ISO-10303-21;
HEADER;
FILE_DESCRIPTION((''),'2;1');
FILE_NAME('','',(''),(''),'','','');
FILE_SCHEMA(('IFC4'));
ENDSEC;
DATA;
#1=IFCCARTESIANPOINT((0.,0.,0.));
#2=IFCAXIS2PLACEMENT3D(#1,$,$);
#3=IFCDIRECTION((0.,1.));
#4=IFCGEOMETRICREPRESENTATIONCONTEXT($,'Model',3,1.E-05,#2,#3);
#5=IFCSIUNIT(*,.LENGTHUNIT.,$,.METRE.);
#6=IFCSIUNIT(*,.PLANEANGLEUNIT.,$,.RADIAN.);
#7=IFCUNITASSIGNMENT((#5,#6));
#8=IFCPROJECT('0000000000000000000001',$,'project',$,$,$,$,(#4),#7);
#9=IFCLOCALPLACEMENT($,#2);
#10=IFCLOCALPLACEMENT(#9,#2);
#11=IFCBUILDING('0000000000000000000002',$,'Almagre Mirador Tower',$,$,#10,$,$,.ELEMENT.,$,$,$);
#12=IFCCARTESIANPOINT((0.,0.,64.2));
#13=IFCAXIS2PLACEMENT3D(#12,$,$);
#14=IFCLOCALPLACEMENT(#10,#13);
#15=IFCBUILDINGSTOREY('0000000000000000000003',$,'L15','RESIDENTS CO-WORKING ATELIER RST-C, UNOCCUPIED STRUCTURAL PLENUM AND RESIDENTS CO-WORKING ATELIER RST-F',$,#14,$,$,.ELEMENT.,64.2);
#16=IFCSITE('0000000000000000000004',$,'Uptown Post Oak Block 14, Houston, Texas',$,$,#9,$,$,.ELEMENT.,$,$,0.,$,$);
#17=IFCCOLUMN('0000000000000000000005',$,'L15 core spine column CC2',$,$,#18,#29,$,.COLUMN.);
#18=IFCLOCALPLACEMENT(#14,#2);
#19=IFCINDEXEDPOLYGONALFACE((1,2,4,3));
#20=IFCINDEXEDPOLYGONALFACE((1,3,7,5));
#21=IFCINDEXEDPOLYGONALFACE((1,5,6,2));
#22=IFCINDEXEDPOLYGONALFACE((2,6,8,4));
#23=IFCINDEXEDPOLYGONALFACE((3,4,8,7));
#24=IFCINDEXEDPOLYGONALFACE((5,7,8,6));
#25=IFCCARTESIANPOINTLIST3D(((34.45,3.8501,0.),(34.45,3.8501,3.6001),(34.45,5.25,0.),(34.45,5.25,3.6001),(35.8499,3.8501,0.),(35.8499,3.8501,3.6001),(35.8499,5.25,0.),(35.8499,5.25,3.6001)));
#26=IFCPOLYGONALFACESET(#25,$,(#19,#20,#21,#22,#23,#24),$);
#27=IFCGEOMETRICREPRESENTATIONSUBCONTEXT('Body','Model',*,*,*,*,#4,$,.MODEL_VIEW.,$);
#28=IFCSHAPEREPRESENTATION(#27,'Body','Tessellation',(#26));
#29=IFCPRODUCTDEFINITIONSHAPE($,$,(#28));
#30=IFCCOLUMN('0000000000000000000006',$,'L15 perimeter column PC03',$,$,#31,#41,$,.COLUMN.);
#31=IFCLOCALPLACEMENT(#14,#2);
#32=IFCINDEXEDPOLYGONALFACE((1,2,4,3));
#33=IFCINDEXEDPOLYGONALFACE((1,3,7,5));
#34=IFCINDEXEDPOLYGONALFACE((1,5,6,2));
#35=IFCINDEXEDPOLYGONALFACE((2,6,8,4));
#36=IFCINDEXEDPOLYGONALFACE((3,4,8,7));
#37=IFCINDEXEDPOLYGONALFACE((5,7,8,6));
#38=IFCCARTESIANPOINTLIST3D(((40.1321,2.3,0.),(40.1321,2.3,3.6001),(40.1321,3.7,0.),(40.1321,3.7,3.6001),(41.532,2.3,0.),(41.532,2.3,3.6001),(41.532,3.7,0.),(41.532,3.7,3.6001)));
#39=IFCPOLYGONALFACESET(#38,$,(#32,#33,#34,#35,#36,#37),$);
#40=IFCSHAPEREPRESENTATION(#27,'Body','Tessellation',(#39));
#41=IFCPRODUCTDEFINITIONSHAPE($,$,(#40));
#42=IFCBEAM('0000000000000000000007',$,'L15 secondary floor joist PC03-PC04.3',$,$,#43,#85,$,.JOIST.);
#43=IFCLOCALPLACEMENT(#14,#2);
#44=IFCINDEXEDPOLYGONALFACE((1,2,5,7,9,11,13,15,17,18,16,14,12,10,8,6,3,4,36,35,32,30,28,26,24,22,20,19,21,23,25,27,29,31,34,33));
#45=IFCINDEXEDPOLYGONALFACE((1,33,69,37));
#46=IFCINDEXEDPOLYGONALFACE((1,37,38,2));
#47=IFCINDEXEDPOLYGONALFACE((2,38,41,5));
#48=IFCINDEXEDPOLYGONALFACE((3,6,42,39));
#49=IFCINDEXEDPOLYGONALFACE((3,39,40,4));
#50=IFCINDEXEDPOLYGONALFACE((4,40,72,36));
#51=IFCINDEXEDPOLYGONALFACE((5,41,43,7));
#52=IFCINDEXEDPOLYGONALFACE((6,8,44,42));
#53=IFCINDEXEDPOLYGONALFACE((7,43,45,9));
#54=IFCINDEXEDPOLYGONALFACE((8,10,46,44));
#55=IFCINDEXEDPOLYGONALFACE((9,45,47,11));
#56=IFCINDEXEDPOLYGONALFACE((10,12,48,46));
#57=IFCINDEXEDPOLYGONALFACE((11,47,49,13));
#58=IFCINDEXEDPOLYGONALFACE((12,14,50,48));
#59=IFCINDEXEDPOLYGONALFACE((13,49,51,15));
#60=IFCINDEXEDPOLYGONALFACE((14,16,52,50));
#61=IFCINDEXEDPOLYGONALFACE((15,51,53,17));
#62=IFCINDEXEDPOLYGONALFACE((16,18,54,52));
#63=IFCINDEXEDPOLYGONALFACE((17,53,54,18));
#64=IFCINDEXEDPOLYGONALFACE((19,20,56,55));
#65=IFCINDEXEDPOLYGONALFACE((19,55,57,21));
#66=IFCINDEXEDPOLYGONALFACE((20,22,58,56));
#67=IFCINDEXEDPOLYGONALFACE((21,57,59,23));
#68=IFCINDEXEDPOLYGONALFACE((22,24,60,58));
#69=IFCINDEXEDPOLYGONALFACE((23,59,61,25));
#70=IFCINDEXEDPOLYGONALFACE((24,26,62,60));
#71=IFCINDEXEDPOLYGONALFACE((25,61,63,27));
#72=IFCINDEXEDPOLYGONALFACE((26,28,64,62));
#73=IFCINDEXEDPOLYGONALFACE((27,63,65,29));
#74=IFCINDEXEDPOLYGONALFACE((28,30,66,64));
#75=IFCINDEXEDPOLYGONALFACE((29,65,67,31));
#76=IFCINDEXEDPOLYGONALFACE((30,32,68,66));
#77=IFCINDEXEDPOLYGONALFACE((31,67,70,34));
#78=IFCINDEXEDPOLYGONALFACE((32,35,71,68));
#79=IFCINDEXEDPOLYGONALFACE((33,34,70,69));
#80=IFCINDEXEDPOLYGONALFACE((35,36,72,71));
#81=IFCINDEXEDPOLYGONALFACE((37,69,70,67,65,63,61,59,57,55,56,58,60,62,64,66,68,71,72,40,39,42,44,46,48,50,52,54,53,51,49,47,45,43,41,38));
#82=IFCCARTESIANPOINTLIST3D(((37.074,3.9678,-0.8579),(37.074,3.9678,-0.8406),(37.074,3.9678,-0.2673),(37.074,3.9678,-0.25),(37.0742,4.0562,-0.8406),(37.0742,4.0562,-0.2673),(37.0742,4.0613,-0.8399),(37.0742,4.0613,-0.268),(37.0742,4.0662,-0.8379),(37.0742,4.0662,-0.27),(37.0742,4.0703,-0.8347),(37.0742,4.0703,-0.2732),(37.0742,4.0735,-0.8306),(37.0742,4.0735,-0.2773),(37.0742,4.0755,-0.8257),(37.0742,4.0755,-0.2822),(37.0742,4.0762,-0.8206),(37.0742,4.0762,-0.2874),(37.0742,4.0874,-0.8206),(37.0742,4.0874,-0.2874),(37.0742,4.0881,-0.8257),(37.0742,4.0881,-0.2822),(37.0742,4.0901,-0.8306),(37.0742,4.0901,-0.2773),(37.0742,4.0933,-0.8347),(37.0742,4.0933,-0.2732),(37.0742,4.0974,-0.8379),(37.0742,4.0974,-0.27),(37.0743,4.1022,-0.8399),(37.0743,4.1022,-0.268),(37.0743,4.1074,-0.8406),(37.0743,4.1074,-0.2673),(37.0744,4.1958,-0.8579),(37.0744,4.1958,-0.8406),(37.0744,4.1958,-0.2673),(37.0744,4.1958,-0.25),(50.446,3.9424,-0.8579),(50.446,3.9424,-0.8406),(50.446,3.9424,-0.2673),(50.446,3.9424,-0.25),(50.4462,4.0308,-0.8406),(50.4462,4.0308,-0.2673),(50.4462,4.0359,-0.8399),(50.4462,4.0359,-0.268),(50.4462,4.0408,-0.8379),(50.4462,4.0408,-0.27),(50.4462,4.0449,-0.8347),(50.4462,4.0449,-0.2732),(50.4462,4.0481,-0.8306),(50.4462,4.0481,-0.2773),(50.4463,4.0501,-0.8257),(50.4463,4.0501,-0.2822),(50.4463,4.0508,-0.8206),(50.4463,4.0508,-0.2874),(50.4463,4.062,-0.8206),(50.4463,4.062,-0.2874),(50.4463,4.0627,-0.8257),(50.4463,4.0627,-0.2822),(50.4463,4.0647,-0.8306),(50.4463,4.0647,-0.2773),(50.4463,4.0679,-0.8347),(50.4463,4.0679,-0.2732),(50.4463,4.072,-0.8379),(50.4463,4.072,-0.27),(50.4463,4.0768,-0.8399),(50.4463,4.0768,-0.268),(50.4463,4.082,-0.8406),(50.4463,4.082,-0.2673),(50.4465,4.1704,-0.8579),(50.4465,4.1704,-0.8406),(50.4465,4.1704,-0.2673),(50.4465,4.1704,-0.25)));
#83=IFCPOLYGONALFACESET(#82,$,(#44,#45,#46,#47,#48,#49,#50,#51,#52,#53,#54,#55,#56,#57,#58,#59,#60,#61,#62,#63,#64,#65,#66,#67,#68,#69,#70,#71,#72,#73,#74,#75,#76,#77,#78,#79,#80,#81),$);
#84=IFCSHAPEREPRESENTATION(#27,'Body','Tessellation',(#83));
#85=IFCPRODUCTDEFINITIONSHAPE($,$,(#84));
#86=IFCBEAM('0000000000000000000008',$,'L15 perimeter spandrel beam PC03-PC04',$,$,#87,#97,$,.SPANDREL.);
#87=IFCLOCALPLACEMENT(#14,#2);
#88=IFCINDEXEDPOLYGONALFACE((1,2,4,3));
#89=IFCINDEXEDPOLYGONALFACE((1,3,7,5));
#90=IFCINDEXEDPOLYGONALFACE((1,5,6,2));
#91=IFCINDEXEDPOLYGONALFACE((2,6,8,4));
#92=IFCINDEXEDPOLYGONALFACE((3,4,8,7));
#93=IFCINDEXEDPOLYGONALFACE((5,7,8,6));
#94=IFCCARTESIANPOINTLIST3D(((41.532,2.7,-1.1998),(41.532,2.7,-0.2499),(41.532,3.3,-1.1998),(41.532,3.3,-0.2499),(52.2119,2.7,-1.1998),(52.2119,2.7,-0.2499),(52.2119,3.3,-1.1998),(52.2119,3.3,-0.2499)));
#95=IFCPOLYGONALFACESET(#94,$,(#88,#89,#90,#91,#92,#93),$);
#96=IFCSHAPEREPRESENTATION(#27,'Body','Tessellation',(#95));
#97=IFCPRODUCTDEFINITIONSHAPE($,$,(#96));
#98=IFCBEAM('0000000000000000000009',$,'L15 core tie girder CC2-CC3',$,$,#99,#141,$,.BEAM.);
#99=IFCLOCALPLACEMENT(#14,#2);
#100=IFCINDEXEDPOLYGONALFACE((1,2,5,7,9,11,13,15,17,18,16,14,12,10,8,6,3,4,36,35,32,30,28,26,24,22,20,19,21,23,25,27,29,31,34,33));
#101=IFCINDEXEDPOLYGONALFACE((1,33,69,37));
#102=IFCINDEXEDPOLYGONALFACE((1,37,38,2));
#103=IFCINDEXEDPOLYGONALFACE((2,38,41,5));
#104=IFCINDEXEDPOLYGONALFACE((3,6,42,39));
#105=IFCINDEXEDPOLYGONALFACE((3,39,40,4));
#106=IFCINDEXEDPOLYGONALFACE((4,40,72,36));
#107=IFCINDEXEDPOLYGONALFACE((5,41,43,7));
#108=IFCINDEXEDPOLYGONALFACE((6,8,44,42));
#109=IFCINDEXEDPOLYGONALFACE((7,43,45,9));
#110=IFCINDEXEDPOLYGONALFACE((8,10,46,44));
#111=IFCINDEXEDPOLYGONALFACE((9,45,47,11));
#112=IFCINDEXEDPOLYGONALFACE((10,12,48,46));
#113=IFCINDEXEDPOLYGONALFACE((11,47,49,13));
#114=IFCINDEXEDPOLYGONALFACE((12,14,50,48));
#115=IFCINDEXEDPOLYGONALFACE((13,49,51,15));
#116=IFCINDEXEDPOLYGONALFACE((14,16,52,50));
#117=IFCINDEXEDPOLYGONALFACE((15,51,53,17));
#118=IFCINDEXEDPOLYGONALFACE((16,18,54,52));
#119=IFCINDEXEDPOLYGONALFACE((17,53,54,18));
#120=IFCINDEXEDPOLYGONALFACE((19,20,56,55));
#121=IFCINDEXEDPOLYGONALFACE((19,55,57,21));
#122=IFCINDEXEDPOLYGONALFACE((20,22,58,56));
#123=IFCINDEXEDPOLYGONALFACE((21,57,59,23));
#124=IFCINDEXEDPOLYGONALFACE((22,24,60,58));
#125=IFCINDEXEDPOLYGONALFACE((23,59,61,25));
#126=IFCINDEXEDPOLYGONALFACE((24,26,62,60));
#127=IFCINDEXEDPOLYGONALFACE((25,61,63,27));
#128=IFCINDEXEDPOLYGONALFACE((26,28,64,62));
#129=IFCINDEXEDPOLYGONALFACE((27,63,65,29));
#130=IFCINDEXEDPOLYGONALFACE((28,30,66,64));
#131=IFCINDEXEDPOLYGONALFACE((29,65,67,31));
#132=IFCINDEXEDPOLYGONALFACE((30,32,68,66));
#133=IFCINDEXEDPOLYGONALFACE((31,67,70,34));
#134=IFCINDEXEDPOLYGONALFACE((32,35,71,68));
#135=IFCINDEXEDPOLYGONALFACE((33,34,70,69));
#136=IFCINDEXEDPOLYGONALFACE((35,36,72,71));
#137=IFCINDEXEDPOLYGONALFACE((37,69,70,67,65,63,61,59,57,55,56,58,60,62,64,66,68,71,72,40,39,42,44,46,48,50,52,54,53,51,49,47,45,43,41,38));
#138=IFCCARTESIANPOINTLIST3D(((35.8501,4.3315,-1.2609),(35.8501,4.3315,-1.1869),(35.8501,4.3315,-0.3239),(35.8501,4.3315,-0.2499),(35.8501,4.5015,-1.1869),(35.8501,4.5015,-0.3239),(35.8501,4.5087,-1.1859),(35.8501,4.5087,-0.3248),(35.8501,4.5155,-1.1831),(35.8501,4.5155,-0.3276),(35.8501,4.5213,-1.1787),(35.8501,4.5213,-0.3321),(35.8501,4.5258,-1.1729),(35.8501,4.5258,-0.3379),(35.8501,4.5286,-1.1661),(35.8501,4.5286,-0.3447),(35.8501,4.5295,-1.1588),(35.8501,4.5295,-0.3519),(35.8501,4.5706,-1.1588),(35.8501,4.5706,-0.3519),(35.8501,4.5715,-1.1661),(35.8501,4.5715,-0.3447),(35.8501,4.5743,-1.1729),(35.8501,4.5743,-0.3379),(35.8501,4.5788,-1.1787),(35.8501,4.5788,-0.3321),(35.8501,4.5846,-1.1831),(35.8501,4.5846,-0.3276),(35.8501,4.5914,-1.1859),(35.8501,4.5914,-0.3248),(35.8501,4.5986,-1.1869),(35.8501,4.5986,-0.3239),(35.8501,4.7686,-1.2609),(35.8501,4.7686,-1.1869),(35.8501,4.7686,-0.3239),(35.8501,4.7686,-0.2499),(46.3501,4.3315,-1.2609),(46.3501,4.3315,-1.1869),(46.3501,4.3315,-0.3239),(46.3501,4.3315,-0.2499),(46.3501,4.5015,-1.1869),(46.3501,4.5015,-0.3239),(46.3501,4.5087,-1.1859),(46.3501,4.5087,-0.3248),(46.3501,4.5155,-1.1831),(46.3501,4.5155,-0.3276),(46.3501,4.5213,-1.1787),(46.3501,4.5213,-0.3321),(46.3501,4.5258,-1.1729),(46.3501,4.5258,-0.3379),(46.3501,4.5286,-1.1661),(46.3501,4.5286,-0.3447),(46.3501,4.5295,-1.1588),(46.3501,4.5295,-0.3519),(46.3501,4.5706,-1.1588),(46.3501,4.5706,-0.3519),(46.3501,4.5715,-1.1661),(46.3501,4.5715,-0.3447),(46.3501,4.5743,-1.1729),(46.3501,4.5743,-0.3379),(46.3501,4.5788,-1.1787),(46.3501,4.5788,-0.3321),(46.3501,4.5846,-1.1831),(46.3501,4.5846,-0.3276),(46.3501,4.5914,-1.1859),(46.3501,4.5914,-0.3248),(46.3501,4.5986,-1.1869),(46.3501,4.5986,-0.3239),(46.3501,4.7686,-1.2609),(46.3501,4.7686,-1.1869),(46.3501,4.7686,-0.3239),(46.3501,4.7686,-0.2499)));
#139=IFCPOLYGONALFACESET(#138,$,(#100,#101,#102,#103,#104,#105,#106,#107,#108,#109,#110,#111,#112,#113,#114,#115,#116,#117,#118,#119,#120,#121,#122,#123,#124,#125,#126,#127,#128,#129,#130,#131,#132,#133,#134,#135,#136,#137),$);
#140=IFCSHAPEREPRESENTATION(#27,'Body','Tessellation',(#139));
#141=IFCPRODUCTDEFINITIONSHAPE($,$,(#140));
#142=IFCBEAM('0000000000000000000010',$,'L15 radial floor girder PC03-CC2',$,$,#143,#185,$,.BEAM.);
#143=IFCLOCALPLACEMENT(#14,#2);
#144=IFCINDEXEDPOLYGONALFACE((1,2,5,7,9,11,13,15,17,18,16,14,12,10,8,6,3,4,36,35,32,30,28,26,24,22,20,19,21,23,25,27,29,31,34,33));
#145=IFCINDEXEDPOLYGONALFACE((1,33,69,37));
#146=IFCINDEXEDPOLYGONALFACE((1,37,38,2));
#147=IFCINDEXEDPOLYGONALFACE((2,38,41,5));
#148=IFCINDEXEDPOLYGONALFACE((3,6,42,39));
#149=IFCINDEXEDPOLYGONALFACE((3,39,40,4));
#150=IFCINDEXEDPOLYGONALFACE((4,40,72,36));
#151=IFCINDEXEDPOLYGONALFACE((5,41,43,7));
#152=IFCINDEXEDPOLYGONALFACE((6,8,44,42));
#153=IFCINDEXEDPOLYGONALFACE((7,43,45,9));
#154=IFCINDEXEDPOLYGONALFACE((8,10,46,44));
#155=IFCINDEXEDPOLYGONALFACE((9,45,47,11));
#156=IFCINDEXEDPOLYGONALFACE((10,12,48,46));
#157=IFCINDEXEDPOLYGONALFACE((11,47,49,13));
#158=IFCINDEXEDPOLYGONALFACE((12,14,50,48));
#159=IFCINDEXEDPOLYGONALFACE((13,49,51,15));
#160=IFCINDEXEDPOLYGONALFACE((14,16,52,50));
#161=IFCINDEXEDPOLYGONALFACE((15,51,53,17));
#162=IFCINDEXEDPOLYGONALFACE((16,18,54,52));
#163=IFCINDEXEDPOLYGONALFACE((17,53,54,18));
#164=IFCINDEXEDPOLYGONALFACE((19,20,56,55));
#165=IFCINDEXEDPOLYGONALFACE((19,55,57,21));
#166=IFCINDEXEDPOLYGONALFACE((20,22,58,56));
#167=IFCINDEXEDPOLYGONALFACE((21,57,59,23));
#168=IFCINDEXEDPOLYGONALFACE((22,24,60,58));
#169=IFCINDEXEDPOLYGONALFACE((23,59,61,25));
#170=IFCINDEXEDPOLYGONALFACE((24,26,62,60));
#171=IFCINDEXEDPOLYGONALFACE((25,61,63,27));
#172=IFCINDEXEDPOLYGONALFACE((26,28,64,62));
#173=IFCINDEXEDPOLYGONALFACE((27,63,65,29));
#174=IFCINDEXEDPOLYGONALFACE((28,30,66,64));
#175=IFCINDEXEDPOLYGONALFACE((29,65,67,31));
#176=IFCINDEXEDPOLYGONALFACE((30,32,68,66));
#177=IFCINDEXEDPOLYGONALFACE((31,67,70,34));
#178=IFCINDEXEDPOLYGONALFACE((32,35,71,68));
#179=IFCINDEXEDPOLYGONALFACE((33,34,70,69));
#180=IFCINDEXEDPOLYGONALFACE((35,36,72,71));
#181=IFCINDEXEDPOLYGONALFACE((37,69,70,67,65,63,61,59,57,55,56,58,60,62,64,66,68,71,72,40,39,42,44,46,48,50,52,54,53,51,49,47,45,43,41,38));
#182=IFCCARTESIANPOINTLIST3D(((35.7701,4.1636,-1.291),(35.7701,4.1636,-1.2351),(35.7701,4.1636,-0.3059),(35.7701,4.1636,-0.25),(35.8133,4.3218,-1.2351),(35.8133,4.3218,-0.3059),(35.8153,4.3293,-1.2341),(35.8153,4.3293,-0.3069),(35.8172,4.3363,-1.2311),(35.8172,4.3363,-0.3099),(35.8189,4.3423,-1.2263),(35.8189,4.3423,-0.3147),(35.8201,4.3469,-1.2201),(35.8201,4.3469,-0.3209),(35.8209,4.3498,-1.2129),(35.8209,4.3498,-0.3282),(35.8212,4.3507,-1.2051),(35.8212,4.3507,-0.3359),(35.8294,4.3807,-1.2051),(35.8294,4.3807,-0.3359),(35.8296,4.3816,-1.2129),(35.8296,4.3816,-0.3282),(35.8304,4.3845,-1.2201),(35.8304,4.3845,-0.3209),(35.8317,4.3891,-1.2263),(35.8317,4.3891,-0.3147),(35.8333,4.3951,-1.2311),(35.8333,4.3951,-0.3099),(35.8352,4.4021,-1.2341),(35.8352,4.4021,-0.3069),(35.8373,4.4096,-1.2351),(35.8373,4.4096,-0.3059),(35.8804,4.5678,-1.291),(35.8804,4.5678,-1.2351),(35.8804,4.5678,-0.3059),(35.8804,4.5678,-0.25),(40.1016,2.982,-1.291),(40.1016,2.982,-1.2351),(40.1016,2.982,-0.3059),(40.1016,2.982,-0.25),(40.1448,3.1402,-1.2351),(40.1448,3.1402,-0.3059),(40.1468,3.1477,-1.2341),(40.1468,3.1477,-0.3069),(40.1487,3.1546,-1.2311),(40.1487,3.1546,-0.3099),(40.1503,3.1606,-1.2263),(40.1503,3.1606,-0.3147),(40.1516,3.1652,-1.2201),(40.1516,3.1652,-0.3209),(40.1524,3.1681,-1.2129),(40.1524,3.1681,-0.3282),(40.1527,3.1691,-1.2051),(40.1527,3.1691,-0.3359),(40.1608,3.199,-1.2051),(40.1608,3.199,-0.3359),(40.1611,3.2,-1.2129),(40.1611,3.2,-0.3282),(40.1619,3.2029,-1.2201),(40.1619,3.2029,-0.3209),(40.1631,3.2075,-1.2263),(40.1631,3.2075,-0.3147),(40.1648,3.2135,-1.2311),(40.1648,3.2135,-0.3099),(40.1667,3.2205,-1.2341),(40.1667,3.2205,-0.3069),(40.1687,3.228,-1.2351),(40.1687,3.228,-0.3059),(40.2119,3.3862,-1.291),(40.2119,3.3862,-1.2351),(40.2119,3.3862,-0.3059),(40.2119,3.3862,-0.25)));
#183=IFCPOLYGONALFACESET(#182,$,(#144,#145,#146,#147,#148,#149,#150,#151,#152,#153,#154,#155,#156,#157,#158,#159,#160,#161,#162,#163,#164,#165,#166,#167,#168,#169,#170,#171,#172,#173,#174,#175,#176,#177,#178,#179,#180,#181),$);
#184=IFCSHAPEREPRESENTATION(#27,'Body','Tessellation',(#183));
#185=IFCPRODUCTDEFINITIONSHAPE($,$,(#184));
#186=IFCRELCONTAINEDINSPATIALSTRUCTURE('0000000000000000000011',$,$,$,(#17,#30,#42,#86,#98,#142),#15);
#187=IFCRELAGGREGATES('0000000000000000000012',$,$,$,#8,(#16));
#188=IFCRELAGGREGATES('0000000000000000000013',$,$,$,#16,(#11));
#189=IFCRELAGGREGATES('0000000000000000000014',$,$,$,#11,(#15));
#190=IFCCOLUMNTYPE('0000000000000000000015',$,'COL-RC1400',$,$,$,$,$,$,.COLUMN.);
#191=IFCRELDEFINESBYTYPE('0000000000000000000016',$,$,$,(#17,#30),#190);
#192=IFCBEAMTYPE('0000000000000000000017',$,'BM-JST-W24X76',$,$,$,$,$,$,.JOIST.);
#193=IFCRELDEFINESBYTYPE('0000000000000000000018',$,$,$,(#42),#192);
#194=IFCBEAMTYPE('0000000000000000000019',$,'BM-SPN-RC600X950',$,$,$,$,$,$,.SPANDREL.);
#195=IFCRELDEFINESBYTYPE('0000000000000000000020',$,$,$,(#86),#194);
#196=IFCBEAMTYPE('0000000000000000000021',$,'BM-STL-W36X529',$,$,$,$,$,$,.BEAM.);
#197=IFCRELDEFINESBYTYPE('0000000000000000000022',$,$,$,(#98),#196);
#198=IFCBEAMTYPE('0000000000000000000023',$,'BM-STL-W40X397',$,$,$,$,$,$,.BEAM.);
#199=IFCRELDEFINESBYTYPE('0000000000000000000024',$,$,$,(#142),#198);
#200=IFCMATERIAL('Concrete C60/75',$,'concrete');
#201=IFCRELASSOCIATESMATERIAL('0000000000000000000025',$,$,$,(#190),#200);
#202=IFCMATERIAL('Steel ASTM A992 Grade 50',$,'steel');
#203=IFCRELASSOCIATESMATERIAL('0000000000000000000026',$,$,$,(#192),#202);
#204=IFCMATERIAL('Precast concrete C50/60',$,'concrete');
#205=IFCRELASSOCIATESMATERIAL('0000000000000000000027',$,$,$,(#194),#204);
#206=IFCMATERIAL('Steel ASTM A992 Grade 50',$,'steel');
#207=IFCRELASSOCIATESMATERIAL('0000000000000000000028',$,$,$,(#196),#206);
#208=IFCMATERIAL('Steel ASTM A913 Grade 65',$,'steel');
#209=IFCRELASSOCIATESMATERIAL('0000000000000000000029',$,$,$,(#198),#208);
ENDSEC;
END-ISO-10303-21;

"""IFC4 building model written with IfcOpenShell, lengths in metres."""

from ifc_helpers import new_model, si_unit, direction, frame, origin, origin_2d, place, context, subcontext, project, spatial, rectangle, i_section, extrude, material, material_profile, profile_set, type_object, element, save


model = new_model("IFC4")

# Units and contexts
model_context = context("Model", 3, precision=1e-05, world=origin(), true_north=direction((0.0, 1.0)))
body_context = subcontext(model_context, "Body", "Model", "MODEL_VIEW")
ifc_project = project(units=[si_unit("LENGTHUNIT", "METRE"), si_unit("PLANEANGLEUNIT", "RADIAN")], contexts=[model_context])

# Site, building, storey
site_placement = place(None, origin())
site = spatial("IfcSite", under=ifc_project, at=site_placement, Name="Uptown Post Oak Block 14, Houston, Texas", CompositionType="ELEMENT", RefElevation=0.0)
building_placement = place(site_placement, origin())
building = spatial("IfcBuilding", under=site, at=building_placement, Name="Almagre Mirador Tower", CompositionType="ELEMENT")
storey_placement = place(building_placement, frame((0.0, 0.0, 64.2)))
storey = spatial("IfcBuildingStorey", under=building, at=storey_placement, Name="L15", Description="RESIDENTS CO-WORKING ATELIER RST-C, UNOCCUPIED STRUCTURAL PLENUM AND RESIDENTS CO-WORKING ATELIER RST-F", CompositionType="ELEMENT", Elevation=64.2)

# Columns
ifc_material_1 = material(Name="Concrete C60/75", Category="concrete")
ifc_material_profile_1 = material_profile(ifc_material_1, rectangle(XDim=1.3999, YDim=1.3999, at=origin_2d()), Name="RC1400X1400")
ifc_profile_set_1 = profile_set([ifc_material_profile_1], Name="Concrete C60/75")
column_type = type_object("IfcColumnType", Name="COL-RC1400", PredefinedType="COLUMN", material=ifc_profile_set_1)
for number, where, z_axis, x_axis, name in (
    (1, (35.1499, 4.55, 0.0), (0.0, 0.0, 1.0), (1.0, 0.0, 0.0), "L15 core spine column CC2"),
    (2, (40.832, 3.0, 0.0), (0.0, 0.0, 1.0), (1.0, 0.0, 0.0), "L15 perimeter column PC03"),
):
    element("IfcColumn", number, at=place(storey_placement, frame(where, z_axis=z_axis, x_axis=x_axis)), inside=storey, type_object=column_type, Name=name, PredefinedType="COLUMN", context=body_context, shape_type="SweptSolid", body=[
        extrude(rectangle(XDim=1.3999, YDim=1.3999, at=origin_2d()), origin(), (0.0, 0.0, 1.0), 3.6001),
    ])

# Beams
ifc_material_2 = material(Name="Steel ASTM A992 Grade 50", Category="steel")
ifc_material_profile_2 = material_profile(ifc_material_2, i_section(OverallWidth=0.228, OverallDepth=0.6079, WebThickness=0.0112, FlangeThickness=0.0173, FilletRadius=0.02, at=origin_2d()), Name="W24X76")
ifc_profile_set_2 = profile_set([ifc_material_profile_2], Name="Steel ASTM A992 Grade 50")
beam_type_1 = type_object("IfcBeamType", Name="BM-JST-W24X76", PredefinedType="JOIST", material=ifc_profile_set_2)
beam_1_placement = place(storey_placement, frame((37.0742, 4.0818, -0.554), z_axis=(0.999998, -0.001899, 0.0), x_axis=(0.001899, 0.999998, 0.0)))
element("IfcBeam", 3, at=beam_1_placement, inside=storey, type_object=beam_type_1, Name="L15 secondary floor joist PC03-PC04.3", PredefinedType="JOIST", context=body_context, shape_type="SweptSolid", body=[
    extrude(i_section(OverallWidth=0.228, OverallDepth=0.6079, WebThickness=0.0112, FlangeThickness=0.0173, FilletRadius=0.02, at=origin_2d()), origin(), (0.0, 0.0, 1.0), 13.3721),
])
ifc_material_3 = material(Name="Precast concrete C50/60", Category="concrete")
ifc_material_profile_3 = material_profile(ifc_material_3, rectangle(XDim=0.6001, YDim=0.95, at=origin_2d()), Name="RC600X950")
ifc_profile_set_3 = profile_set([ifc_material_profile_3], Name="Precast concrete C50/60")
beam_type_2 = type_object("IfcBeamType", Name="BM-SPN-RC600X950", PredefinedType="SPANDREL", material=ifc_profile_set_3)
beam_2_placement = place(storey_placement, frame((41.532, 3.0, -0.7249), z_axis=(1.0, 0.0, 0.0), x_axis=(0.0, 1.0, 0.0)))
element("IfcBeam", 4, at=beam_2_placement, inside=storey, type_object=beam_type_2, Name="L15 perimeter spandrel beam PC03-PC04", PredefinedType="SPANDREL", context=body_context, shape_type="SweptSolid", body=[
    extrude(rectangle(XDim=0.6001, YDim=0.95, at=origin_2d()), origin(), (0.0, 0.0, 1.0), 10.6799),
])
ifc_material_4 = material(Name="Steel ASTM A992 Grade 50", Category="steel")
ifc_material_profile_4 = material_profile(ifc_material_4, i_section(OverallWidth=0.437, OverallDepth=1.011, WebThickness=0.041, FlangeThickness=0.074, FilletRadius=0.0281, at=origin_2d()), Name="W36X529")
ifc_profile_set_4 = profile_set([ifc_material_profile_4], Name="Steel ASTM A992 Grade 50")
beam_type_3 = type_object("IfcBeamType", Name="BM-STL-W36X529", PredefinedType="BEAM", material=ifc_profile_set_4)
beam_3_placement = place(storey_placement, frame((35.8501, 4.55, -0.7554), z_axis=(1.0, 0.0, 0.0), x_axis=(0.0, 1.0, 0.0)))
element("IfcBeam", 5, at=beam_3_placement, inside=storey, type_object=beam_type_3, Name="L15 core tie girder CC2-CC3", PredefinedType="BEAM", context=body_context, shape_type="SweptSolid", body=[
    extrude(i_section(OverallWidth=0.437, OverallDepth=1.011, WebThickness=0.041, FlangeThickness=0.074, FilletRadius=0.0281, at=origin_2d()), origin(), (0.0, 0.0, 1.0), 10.5),
])
ifc_material_5 = material(Name="Steel ASTM A913 Grade 65", Category="steel")
ifc_material_profile_5 = material_profile(ifc_material_5, i_section(OverallWidth=0.4189, OverallDepth=1.041, WebThickness=0.031, FlangeThickness=0.0559, FilletRadius=0.03, at=origin_2d()), Name="W40X397")
ifc_profile_set_5 = profile_set([ifc_material_profile_5], Name="Steel ASTM A913 Grade 65")
beam_type_4 = type_object("IfcBeamType", Name="BM-STL-W40X397", PredefinedType="BEAM", material=ifc_profile_set_5)
beam_4_placement = place(storey_placement, frame((40.1567, 3.1841, -0.7705), z_axis=(-0.964746, 0.263182, 0.0), x_axis=(-0.263182, -0.964746, 0.0)))
element("IfcBeam", 6, at=beam_4_placement, inside=storey, type_object=beam_type_4, Name="L15 radial floor girder PC03-CC2", PredefinedType="BEAM", context=body_context, shape_type="SweptSolid", body=[
    extrude(i_section(OverallWidth=0.4189, OverallDepth=1.041, WebThickness=0.031, FlangeThickness=0.0559, FilletRadius=0.03, at=origin_2d()), origin(), (0.0, 0.0, 1.0), 4.4897),
])

save(model, "model.ifc")
